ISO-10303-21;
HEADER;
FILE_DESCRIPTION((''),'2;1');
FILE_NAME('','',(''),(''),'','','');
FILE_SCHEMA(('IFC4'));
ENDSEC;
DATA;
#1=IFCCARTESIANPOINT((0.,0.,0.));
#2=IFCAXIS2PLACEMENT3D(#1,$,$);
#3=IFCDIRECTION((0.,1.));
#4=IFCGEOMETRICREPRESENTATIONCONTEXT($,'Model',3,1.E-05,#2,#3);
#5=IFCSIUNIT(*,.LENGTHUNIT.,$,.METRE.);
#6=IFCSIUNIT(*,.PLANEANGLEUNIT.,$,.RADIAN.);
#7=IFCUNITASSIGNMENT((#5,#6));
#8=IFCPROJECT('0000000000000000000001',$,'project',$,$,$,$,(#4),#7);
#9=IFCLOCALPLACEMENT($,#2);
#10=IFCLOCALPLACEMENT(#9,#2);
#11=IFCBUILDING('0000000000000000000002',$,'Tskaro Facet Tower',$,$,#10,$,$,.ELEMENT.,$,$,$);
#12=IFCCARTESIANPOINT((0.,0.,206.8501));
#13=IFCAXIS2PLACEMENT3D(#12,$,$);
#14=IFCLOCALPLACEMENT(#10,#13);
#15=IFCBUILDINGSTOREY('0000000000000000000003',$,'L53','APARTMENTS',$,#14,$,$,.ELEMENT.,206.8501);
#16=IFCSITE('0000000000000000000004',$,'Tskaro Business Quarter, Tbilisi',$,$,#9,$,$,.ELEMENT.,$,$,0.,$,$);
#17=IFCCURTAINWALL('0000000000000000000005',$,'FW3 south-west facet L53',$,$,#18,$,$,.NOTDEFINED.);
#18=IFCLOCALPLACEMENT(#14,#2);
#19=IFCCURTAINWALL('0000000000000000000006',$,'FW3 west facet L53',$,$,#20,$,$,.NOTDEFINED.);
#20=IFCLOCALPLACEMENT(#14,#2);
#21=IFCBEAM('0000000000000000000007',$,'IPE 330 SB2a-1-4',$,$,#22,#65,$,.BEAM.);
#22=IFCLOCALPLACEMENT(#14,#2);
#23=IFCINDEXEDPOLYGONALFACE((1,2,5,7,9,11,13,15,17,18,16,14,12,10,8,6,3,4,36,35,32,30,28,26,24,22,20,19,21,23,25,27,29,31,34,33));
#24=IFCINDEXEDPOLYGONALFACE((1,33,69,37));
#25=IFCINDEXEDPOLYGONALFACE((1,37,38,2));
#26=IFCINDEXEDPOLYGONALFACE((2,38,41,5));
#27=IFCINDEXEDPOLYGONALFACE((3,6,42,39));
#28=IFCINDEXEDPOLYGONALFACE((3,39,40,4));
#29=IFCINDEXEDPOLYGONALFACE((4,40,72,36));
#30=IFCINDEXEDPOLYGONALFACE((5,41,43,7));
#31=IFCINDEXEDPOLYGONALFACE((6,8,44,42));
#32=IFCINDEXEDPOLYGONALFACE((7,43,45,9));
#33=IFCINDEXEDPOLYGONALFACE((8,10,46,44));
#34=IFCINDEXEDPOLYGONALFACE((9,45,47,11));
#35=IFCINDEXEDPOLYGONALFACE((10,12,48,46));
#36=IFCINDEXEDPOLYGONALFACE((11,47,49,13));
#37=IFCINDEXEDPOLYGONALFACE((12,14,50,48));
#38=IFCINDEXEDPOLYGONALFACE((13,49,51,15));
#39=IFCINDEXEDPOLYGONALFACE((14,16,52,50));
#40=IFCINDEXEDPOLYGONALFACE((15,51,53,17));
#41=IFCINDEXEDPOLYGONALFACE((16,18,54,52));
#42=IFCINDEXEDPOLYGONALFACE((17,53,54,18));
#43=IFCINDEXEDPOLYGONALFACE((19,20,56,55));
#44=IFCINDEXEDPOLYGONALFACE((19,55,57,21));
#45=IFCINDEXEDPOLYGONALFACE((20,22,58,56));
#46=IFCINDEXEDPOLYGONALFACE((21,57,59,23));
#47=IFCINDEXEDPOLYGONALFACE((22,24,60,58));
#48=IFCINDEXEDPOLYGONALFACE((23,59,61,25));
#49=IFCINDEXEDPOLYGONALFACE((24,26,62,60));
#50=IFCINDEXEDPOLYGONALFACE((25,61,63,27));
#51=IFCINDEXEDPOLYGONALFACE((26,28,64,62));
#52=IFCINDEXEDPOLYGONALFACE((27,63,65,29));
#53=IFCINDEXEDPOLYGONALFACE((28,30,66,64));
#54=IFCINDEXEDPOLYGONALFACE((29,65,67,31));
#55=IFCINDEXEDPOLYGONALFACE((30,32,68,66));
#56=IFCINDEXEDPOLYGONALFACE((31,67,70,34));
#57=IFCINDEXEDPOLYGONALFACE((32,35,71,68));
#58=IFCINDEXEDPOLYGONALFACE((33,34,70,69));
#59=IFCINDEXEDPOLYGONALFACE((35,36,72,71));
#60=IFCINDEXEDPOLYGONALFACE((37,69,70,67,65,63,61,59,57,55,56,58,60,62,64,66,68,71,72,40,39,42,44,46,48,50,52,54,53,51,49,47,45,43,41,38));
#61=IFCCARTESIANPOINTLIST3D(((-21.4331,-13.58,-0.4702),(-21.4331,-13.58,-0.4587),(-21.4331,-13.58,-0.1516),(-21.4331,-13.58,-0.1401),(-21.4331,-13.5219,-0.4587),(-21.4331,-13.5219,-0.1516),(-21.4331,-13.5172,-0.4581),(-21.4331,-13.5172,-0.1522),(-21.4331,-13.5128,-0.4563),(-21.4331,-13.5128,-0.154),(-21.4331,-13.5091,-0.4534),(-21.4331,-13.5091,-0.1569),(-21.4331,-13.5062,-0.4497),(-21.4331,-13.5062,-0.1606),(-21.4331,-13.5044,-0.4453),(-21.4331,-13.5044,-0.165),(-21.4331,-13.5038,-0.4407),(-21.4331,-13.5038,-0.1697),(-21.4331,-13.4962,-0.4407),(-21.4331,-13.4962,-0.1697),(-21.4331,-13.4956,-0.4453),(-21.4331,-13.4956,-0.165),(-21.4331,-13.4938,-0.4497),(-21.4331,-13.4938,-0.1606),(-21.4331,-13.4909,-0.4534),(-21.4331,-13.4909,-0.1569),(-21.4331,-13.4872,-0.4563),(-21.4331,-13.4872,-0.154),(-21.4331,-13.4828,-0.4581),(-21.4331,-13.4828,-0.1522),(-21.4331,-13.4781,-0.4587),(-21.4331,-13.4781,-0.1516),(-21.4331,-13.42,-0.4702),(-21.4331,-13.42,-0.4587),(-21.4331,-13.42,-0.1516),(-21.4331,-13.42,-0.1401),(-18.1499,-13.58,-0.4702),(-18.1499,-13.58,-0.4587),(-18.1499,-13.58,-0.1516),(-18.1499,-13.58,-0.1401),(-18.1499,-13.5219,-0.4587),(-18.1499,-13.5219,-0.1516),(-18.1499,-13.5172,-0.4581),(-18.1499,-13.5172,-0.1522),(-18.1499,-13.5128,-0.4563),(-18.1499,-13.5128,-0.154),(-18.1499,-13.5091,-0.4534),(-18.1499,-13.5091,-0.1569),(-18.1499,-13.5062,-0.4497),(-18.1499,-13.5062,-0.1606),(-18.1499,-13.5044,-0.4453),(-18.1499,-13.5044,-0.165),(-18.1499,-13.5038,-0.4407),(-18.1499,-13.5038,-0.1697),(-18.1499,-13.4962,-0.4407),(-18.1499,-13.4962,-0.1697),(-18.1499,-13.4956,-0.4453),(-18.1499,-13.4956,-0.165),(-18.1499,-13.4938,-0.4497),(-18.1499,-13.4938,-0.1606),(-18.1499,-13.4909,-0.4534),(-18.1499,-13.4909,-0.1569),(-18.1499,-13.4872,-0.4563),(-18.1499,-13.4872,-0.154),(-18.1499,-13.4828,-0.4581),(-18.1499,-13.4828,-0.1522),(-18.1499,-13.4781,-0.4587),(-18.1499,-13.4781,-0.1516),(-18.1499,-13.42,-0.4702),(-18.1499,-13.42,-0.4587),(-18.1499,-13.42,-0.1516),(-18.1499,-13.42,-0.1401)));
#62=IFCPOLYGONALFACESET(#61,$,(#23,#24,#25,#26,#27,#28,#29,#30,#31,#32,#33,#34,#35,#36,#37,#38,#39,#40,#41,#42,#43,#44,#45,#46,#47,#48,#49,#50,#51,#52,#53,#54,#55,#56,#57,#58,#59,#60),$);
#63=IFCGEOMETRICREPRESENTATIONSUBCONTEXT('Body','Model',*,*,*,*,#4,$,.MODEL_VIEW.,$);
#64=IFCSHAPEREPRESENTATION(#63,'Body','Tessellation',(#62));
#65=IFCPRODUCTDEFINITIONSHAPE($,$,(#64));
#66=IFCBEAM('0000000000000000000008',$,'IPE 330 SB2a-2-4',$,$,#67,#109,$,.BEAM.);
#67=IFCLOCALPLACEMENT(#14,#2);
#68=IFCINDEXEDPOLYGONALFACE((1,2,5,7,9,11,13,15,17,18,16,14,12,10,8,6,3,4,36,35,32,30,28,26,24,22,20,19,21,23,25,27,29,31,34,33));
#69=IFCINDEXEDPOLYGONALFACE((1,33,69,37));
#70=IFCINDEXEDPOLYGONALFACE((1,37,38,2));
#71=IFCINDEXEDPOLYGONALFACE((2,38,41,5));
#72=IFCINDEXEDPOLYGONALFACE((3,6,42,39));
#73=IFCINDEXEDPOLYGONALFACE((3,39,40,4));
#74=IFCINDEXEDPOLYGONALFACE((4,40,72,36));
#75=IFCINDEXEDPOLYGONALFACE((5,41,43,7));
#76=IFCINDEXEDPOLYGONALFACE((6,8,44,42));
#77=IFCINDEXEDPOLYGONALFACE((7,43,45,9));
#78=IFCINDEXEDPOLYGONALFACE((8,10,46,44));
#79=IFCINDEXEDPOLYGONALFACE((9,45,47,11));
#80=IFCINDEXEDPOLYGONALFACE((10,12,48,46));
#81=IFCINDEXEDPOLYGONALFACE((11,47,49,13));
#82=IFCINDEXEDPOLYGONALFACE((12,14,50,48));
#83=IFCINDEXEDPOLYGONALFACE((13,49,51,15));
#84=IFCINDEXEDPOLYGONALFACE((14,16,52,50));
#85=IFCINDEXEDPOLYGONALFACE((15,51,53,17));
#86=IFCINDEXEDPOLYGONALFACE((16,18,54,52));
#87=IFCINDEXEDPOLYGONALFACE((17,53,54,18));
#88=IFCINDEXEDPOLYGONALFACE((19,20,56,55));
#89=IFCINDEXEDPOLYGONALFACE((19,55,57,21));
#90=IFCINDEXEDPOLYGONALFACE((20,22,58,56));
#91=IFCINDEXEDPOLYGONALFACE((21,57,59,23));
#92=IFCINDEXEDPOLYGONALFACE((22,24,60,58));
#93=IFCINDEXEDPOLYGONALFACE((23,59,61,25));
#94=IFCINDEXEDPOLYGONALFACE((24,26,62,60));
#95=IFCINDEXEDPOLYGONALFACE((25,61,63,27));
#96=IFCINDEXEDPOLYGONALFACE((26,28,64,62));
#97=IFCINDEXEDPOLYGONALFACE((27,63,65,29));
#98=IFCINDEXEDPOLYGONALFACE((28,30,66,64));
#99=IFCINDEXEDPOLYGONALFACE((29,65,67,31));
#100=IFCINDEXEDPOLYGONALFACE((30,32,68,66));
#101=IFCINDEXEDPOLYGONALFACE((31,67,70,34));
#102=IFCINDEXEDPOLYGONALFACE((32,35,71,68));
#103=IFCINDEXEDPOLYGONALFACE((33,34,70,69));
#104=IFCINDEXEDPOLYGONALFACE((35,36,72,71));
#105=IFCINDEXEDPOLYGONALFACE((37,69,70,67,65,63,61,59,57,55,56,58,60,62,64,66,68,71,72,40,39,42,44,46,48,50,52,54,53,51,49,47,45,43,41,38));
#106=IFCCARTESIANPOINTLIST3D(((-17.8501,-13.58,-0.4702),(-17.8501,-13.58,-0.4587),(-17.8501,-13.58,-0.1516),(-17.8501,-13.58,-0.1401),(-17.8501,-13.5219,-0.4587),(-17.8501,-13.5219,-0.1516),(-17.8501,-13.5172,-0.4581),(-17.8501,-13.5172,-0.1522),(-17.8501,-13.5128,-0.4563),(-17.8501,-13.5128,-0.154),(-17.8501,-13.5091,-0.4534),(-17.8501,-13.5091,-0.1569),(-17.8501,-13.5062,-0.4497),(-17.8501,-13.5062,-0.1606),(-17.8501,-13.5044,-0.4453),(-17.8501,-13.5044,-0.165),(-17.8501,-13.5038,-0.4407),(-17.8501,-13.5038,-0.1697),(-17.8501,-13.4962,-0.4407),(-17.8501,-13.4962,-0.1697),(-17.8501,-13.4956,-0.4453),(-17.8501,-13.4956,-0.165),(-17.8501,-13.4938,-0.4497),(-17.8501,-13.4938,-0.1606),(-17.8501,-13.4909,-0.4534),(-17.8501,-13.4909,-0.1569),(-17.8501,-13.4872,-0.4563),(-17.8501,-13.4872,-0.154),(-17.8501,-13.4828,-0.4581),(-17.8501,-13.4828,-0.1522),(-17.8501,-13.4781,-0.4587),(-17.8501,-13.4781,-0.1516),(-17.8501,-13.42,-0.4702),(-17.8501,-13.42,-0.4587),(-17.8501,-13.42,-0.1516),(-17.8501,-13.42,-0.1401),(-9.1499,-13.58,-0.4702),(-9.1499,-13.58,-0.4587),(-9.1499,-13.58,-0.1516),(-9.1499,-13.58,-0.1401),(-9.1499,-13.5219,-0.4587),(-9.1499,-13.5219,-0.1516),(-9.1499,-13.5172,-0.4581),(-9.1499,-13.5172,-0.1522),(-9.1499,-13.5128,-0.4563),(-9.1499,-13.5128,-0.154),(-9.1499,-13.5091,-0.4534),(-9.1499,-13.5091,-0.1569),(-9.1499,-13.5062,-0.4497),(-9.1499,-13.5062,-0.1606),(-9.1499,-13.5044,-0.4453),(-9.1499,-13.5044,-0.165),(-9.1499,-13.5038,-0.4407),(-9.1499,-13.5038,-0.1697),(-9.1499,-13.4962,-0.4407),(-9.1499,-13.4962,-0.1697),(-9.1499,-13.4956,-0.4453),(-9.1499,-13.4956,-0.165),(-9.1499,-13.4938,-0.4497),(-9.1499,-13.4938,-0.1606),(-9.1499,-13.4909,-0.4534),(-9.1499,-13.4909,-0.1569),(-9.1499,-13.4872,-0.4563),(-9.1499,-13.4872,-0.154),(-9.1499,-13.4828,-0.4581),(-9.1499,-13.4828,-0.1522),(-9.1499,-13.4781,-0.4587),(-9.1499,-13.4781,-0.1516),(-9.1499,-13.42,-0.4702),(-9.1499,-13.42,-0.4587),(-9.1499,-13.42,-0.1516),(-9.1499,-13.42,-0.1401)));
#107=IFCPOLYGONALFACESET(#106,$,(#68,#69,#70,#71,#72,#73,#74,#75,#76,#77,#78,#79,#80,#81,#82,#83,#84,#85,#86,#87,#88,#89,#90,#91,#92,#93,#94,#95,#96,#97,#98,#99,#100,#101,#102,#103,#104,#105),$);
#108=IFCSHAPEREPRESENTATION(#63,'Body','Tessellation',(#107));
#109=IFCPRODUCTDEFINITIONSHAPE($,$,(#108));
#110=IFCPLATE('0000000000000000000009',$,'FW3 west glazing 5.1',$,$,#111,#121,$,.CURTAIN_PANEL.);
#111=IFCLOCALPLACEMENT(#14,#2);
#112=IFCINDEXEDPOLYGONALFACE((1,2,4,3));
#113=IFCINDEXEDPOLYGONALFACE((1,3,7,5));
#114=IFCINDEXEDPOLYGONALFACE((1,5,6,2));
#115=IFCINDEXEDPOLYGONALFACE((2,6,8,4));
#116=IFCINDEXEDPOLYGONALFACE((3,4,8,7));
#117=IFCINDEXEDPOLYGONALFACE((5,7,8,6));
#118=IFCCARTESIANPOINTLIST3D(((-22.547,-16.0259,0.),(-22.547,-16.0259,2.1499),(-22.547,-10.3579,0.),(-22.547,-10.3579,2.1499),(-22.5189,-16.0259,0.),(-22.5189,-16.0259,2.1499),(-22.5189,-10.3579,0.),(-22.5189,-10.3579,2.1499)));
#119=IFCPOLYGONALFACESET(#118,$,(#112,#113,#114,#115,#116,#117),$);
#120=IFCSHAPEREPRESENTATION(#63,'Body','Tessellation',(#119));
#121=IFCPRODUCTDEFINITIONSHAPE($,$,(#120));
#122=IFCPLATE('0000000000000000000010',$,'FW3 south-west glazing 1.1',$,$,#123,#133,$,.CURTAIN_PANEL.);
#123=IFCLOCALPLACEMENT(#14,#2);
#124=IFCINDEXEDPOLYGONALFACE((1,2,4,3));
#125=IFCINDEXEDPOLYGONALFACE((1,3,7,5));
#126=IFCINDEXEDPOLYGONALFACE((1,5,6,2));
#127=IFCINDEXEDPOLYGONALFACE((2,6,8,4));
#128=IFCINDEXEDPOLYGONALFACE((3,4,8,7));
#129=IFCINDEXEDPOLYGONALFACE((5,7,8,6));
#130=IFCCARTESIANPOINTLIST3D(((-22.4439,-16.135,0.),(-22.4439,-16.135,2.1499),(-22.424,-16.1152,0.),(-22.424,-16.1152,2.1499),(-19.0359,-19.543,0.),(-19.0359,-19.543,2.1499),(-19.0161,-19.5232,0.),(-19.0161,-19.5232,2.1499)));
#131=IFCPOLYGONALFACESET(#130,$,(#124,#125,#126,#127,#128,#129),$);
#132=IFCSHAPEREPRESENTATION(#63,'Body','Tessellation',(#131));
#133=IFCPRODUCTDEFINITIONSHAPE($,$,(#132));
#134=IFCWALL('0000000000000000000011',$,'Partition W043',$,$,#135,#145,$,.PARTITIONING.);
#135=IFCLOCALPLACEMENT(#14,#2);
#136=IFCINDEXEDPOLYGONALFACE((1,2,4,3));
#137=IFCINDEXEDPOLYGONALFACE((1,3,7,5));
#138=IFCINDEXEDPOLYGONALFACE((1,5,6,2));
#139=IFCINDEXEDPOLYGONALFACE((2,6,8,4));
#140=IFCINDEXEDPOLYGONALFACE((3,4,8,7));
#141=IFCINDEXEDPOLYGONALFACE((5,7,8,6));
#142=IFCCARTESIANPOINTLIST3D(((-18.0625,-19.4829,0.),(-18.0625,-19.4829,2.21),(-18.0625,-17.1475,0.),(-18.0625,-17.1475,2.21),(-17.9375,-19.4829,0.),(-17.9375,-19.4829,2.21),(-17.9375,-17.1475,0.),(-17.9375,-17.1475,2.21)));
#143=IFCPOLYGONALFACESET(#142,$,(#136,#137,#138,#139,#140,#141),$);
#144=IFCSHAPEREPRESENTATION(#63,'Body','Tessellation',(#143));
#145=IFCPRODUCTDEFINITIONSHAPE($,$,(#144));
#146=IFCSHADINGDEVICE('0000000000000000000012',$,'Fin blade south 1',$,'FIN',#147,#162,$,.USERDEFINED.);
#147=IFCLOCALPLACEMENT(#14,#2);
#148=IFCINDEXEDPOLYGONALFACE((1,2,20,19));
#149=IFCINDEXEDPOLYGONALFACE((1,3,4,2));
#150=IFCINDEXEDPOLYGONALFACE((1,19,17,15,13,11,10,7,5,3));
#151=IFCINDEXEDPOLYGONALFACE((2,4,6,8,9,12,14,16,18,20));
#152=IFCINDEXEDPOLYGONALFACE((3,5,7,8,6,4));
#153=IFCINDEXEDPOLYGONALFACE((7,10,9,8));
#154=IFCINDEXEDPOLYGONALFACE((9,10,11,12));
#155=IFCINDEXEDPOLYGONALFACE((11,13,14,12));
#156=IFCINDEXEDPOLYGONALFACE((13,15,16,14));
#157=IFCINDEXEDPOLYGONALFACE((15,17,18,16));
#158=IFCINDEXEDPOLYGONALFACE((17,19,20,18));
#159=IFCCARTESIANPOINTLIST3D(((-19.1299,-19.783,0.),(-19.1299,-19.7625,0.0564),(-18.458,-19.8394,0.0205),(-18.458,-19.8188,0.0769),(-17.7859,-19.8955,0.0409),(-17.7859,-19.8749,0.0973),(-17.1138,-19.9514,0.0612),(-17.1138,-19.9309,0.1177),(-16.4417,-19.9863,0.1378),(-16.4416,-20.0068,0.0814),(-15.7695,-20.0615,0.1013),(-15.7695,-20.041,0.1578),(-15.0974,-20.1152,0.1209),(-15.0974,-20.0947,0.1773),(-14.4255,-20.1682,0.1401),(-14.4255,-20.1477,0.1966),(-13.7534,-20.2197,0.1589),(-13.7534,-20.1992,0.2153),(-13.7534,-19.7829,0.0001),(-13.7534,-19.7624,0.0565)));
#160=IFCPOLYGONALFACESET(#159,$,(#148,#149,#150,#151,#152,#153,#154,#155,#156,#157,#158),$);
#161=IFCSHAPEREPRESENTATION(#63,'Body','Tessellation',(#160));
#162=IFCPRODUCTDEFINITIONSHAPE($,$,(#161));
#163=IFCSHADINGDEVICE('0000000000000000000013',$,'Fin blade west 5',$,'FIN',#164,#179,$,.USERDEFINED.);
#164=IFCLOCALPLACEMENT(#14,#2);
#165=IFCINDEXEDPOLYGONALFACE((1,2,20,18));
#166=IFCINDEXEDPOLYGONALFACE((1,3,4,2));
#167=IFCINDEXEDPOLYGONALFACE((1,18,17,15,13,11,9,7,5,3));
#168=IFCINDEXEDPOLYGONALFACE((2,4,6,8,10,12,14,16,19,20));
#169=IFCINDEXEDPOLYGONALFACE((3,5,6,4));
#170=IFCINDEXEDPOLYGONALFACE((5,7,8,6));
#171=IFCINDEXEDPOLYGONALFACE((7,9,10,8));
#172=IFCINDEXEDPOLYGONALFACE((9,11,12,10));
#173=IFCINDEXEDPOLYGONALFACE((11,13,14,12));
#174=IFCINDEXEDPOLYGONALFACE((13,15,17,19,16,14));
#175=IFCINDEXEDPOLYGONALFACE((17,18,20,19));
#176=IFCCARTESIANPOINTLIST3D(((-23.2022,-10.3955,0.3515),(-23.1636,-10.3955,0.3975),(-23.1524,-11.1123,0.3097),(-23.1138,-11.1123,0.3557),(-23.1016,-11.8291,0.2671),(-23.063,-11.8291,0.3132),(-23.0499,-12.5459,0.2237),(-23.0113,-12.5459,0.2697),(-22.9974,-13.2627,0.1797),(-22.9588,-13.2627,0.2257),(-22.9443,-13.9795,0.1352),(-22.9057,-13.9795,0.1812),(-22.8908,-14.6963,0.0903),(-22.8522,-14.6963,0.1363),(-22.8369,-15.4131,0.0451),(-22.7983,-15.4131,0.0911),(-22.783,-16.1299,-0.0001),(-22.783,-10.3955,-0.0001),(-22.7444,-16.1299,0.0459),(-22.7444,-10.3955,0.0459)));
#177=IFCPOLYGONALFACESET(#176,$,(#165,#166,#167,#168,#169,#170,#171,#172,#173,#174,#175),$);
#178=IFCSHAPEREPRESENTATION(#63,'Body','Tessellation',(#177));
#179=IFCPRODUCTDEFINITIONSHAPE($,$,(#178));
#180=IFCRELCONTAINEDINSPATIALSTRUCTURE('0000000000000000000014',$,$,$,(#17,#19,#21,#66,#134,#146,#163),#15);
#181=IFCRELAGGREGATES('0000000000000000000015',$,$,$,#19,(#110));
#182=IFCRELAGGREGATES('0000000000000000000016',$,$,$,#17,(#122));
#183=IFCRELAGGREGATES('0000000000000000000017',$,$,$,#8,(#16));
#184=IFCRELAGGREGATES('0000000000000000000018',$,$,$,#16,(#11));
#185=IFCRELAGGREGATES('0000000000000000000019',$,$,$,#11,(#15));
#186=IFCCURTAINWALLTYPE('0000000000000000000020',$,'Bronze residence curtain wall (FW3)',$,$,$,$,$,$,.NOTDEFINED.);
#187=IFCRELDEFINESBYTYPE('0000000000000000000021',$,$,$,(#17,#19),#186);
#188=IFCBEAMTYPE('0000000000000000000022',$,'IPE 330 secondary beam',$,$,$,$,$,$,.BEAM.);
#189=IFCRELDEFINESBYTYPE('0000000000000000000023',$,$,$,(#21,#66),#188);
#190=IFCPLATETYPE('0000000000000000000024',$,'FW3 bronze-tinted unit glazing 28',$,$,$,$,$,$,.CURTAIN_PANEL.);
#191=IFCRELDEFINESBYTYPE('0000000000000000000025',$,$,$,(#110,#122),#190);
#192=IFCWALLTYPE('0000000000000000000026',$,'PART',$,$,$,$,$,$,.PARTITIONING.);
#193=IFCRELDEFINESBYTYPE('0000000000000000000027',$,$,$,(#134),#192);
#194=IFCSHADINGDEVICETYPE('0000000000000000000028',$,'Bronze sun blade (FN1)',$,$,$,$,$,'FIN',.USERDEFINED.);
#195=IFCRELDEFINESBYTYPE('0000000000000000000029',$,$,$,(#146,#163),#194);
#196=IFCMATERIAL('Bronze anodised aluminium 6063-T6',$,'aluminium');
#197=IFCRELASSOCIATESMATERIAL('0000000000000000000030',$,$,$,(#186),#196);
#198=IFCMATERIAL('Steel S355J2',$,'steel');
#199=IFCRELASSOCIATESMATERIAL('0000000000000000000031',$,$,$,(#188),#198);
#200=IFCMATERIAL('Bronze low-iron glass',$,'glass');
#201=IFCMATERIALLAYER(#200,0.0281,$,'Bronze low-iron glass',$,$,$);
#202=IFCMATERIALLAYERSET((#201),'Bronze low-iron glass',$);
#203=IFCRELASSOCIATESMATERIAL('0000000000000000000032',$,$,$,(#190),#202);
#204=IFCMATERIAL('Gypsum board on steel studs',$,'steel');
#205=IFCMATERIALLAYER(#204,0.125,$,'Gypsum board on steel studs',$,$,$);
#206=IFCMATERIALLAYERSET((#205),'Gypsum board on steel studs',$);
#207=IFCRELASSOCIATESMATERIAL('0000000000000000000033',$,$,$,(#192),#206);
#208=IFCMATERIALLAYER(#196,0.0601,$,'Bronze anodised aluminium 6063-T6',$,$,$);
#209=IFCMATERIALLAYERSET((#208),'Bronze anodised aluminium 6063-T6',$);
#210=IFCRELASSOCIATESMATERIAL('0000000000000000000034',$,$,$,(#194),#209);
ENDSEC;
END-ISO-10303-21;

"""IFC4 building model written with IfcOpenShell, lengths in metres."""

from ifc_helpers import new_model, si_unit, direction, frame, frame_2d, origin, origin_2d, place, context, subcontext, project, spatial, polyline, rectangle, i_section, outline, extrude, material, layer, layer_set, material_profile, profile_set, type_object, element, aggregate, save


model = new_model("IFC4")

# Units and contexts
model_context = context("Model", 3, precision=1e-05, world=origin(), true_north=direction((0.0, 1.0)))
body_context = subcontext(model_context, "Body", "Model", "MODEL_VIEW")
ifc_project = project(units=[si_unit("LENGTHUNIT", "METRE"), si_unit("PLANEANGLEUNIT", "RADIAN")], contexts=[model_context])

# Site, building, storey
site_placement = place(None, origin())
site = spatial("IfcSite", under=ifc_project, at=site_placement, Name="Tskaro Business Quarter, Tbilisi", CompositionType="ELEMENT", RefElevation=0.0)
building_placement = place(site_placement, origin())
building = spatial("IfcBuilding", under=site, at=building_placement, Name="Tskaro Facet Tower", CompositionType="ELEMENT")
storey_placement = place(building_placement, frame((0.0, 0.0, 206.8501)))
storey = spatial("IfcBuildingStorey", under=building, at=storey_placement, Name="L53", Description="APARTMENTS", CompositionType="ELEMENT", Elevation=206.8501)

# Curtain wall
ifc_material_1 = material(Name="Bronze anodised aluminium 6063-T6", Category="aluminium")
curtain_wall_type = type_object("IfcCurtainWallType", Name="Bronze residence curtain wall (FW3)", PredefinedType="NOTDEFINED", material=ifc_material_1)
curtain_wall_1_placement = place(storey_placement, origin())
curtain_wall_1 = element("IfcCurtainWall", 1, at=curtain_wall_1_placement, inside=storey, type_object=curtain_wall_type, Name="FW3 south-west facet L53", PredefinedType="NOTDEFINED")

# Curtain wall
curtain_wall_2_placement = place(storey_placement, origin())
curtain_wall_2 = element("IfcCurtainWall", 2, at=curtain_wall_2_placement, inside=storey, type_object=curtain_wall_type, Name="FW3 west facet L53", PredefinedType="NOTDEFINED")

# Beams
ifc_material_2 = material(Name="Steel S355J2", Category="steel")
ifc_material_profile_1 = material_profile(ifc_material_2, i_section(OverallWidth=0.1599, OverallDepth=0.3301, WebThickness=0.0076, FlangeThickness=0.0115, FilletRadius=0.0181, at=origin_2d()), Name="IPE 330")
ifc_profile_set_1 = profile_set([ifc_material_profile_1], Name="Steel S355J2")
beam_type_1 = type_object("IfcBeamType", Name="IPE 330 secondary beam", PredefinedType="BEAM", material=ifc_profile_set_1)
beam_1_placement = place(storey_placement, frame((-21.4331, -13.5, -0.3052), z_axis=(1.0, 0.0, 0.0), x_axis=(0.0, 1.0, 0.0)))
element("IfcBeam", 3, at=beam_1_placement, inside=storey, type_object=beam_type_1, Name="IPE 330 SB2a-1-4", PredefinedType="BEAM", context=body_context, shape_type="SweptSolid", body=[
    extrude(i_section(OverallWidth=0.1599, OverallDepth=0.3301, WebThickness=0.0076, FlangeThickness=0.0115, FilletRadius=0.0181, at=origin_2d()), origin(), (0.0, 0.0, 1.0), 3.2832),
])
beam_2_placement = place(storey_placement, frame((-17.8501, -13.5, -0.3052), z_axis=(1.0, 0.0, 0.0), x_axis=(0.0, 1.0, 0.0)))
element("IfcBeam", 4, at=beam_2_placement, inside=storey, type_object=beam_type_1, Name="IPE 330 SB2a-2-4", PredefinedType="BEAM", context=body_context, shape_type="SweptSolid", body=[
    extrude(i_section(OverallWidth=0.1599, OverallDepth=0.3301, WebThickness=0.0076, FlangeThickness=0.0115, FilletRadius=0.0181, at=origin_2d()), origin(), (0.0, 0.0, 1.0), 8.7002),
])

# Plates
ifc_material_3 = material(Name="Bronze low-iron glass", Category="glass")
ifc_layer_1 = layer(ifc_material_3, 0.0281, Name="Bronze low-iron glass")
ifc_layer_set_1 = layer_set([ifc_layer_1], Name="Bronze low-iron glass")
plate_type = type_object("IfcPlateType", Name="FW3 bronze-tinted unit glazing 28", PredefinedType="CURTAIN_PANEL", material=ifc_layer_set_1)
plate_1_placement = place(storey_placement, frame((-22.533, -13.1919, 0.0), z_axis=(0.0, 0.0, 1.0), x_axis=(0.0, -1.0, 0.0)))
plate_1 = element("IfcPlate", 5, at=plate_1_placement, type_object=plate_type, Name="FW3 west glazing 5.1", PredefinedType="CURTAIN_PANEL", context=body_context, shape_type="SweptSolid", body=[
    extrude(rectangle(XDim=5.668, YDim=0.0281, at=origin_2d()), origin(), (0.0, 0.0, 1.0), 2.1499),
])
aggregate(curtain_wall_2, [plate_1])
plate_2_placement = place(storey_placement, frame((-20.73, -17.8291, 0.0), z_axis=(0.0, 0.0, 1.0), x_axis=(0.707107, -0.707107, 0.0)))
plate_2 = element("IfcPlate", 6, at=plate_2_placement, type_object=plate_type, Name="FW3 south-west glazing 1.1", PredefinedType="CURTAIN_PANEL", context=body_context, shape_type="SweptSolid", body=[
    extrude(rectangle(XDim=4.8196, YDim=0.0281, at=origin_2d()), origin(), (0.0, 0.0, 1.0), 2.1499),
])
aggregate(curtain_wall_1, [plate_2])

# Wall
ifc_material_4 = material(Name="Gypsum board on steel studs", Category="steel")
ifc_layer_2 = layer(ifc_material_4, 0.125, Name="Gypsum board on steel studs")
ifc_layer_set_2 = layer_set([ifc_layer_2], Name="Gypsum board on steel studs")
wall_type = type_object("IfcWallType", Name="PART", PredefinedType="PARTITIONING", material=ifc_layer_set_2)
wall_placement = place(storey_placement, frame((-18.0, -19.4829, 0.0), z_axis=(0.0, 0.0, 1.0), x_axis=(0.0, 1.0, 0.0)))
element("IfcWall", 7, at=wall_placement, inside=storey, type_object=wall_type, Name="Partition W043", PredefinedType="PARTITIONING", context=body_context, shape_type="SweptSolid", body=[
    extrude(rectangle(XDim=2.3354, YDim=0.125, at=frame_2d((1.1677, 0.0))), origin(), (0.0, 0.0, 1.0), 2.21),
])

# Shading devices
ifc_layer_3 = layer(ifc_material_1, 0.0601, Name="Bronze anodised aluminium 6063-T6")
ifc_layer_set_3 = layer_set([ifc_layer_3], Name="Bronze anodised aluminium 6063-T6")
shading_device_type = type_object("IfcShadingDeviceType", Name="Bronze sun blade (FN1)", ElementType="FIN", PredefinedType="USERDEFINED", material=ifc_layer_set_3)
shading_device_1_placement = place(storey_placement, frame((-19.1299, -19.7625, 0.0564), z_axis=(-0.000024, 0.341696, 0.93981), x_axis=(1.0, 0.000008, 0.000022)))
element("IfcShadingDevice", 8, at=shading_device_1_placement, inside=storey, type_object=shading_device_type, Name="Fin blade south 1", ObjectType="FIN", PredefinedType="USERDEFINED", context=body_context, shape_type="SweptSolid", body=[
    extrude(outline(polyline([(0.0, 0.0), (5.3765, 0.0), (5.3765, -0.4648), (4.7043, -0.4099), (4.0325, -0.3536), (3.3604, -0.2964), (2.6882, -0.2382), (2.0161, -0.1793), (1.344, -0.1197), (0.6719, -0.06), (0.0, 0.0)])), origin(), (0.0, 0.0, -1.0), 0.0601),
])
shading_device_2_placement = place(storey_placement, frame((-22.7444, -10.3955, 0.0459), z_axis=(0.642608, 0.000001, 0.766195), x_axis=(0.000001, -1.0, 0.000001)))
element("IfcShadingDevice", 9, at=shading_device_2_placement, inside=storey, type_object=shading_device_type, Name="Fin blade west 5", ObjectType="FIN", PredefinedType="USERDEFINED", context=body_context, shape_type="SweptSolid", body=[
    extrude(outline(polyline([(0.0, 0.0), (5.7344, 0.0), (5.0176, -0.0704), (4.3008, -0.1407), (3.584, -0.2106), (2.8672, -0.2799), (2.1504, -0.3483), (1.4336, -0.4159), (0.7168, -0.4821), (0.0, -0.5471), (0.0, 0.0)])), origin(), (0.0, 0.0, -1.0), 0.0601),
])

save(model, "model.ifc")
